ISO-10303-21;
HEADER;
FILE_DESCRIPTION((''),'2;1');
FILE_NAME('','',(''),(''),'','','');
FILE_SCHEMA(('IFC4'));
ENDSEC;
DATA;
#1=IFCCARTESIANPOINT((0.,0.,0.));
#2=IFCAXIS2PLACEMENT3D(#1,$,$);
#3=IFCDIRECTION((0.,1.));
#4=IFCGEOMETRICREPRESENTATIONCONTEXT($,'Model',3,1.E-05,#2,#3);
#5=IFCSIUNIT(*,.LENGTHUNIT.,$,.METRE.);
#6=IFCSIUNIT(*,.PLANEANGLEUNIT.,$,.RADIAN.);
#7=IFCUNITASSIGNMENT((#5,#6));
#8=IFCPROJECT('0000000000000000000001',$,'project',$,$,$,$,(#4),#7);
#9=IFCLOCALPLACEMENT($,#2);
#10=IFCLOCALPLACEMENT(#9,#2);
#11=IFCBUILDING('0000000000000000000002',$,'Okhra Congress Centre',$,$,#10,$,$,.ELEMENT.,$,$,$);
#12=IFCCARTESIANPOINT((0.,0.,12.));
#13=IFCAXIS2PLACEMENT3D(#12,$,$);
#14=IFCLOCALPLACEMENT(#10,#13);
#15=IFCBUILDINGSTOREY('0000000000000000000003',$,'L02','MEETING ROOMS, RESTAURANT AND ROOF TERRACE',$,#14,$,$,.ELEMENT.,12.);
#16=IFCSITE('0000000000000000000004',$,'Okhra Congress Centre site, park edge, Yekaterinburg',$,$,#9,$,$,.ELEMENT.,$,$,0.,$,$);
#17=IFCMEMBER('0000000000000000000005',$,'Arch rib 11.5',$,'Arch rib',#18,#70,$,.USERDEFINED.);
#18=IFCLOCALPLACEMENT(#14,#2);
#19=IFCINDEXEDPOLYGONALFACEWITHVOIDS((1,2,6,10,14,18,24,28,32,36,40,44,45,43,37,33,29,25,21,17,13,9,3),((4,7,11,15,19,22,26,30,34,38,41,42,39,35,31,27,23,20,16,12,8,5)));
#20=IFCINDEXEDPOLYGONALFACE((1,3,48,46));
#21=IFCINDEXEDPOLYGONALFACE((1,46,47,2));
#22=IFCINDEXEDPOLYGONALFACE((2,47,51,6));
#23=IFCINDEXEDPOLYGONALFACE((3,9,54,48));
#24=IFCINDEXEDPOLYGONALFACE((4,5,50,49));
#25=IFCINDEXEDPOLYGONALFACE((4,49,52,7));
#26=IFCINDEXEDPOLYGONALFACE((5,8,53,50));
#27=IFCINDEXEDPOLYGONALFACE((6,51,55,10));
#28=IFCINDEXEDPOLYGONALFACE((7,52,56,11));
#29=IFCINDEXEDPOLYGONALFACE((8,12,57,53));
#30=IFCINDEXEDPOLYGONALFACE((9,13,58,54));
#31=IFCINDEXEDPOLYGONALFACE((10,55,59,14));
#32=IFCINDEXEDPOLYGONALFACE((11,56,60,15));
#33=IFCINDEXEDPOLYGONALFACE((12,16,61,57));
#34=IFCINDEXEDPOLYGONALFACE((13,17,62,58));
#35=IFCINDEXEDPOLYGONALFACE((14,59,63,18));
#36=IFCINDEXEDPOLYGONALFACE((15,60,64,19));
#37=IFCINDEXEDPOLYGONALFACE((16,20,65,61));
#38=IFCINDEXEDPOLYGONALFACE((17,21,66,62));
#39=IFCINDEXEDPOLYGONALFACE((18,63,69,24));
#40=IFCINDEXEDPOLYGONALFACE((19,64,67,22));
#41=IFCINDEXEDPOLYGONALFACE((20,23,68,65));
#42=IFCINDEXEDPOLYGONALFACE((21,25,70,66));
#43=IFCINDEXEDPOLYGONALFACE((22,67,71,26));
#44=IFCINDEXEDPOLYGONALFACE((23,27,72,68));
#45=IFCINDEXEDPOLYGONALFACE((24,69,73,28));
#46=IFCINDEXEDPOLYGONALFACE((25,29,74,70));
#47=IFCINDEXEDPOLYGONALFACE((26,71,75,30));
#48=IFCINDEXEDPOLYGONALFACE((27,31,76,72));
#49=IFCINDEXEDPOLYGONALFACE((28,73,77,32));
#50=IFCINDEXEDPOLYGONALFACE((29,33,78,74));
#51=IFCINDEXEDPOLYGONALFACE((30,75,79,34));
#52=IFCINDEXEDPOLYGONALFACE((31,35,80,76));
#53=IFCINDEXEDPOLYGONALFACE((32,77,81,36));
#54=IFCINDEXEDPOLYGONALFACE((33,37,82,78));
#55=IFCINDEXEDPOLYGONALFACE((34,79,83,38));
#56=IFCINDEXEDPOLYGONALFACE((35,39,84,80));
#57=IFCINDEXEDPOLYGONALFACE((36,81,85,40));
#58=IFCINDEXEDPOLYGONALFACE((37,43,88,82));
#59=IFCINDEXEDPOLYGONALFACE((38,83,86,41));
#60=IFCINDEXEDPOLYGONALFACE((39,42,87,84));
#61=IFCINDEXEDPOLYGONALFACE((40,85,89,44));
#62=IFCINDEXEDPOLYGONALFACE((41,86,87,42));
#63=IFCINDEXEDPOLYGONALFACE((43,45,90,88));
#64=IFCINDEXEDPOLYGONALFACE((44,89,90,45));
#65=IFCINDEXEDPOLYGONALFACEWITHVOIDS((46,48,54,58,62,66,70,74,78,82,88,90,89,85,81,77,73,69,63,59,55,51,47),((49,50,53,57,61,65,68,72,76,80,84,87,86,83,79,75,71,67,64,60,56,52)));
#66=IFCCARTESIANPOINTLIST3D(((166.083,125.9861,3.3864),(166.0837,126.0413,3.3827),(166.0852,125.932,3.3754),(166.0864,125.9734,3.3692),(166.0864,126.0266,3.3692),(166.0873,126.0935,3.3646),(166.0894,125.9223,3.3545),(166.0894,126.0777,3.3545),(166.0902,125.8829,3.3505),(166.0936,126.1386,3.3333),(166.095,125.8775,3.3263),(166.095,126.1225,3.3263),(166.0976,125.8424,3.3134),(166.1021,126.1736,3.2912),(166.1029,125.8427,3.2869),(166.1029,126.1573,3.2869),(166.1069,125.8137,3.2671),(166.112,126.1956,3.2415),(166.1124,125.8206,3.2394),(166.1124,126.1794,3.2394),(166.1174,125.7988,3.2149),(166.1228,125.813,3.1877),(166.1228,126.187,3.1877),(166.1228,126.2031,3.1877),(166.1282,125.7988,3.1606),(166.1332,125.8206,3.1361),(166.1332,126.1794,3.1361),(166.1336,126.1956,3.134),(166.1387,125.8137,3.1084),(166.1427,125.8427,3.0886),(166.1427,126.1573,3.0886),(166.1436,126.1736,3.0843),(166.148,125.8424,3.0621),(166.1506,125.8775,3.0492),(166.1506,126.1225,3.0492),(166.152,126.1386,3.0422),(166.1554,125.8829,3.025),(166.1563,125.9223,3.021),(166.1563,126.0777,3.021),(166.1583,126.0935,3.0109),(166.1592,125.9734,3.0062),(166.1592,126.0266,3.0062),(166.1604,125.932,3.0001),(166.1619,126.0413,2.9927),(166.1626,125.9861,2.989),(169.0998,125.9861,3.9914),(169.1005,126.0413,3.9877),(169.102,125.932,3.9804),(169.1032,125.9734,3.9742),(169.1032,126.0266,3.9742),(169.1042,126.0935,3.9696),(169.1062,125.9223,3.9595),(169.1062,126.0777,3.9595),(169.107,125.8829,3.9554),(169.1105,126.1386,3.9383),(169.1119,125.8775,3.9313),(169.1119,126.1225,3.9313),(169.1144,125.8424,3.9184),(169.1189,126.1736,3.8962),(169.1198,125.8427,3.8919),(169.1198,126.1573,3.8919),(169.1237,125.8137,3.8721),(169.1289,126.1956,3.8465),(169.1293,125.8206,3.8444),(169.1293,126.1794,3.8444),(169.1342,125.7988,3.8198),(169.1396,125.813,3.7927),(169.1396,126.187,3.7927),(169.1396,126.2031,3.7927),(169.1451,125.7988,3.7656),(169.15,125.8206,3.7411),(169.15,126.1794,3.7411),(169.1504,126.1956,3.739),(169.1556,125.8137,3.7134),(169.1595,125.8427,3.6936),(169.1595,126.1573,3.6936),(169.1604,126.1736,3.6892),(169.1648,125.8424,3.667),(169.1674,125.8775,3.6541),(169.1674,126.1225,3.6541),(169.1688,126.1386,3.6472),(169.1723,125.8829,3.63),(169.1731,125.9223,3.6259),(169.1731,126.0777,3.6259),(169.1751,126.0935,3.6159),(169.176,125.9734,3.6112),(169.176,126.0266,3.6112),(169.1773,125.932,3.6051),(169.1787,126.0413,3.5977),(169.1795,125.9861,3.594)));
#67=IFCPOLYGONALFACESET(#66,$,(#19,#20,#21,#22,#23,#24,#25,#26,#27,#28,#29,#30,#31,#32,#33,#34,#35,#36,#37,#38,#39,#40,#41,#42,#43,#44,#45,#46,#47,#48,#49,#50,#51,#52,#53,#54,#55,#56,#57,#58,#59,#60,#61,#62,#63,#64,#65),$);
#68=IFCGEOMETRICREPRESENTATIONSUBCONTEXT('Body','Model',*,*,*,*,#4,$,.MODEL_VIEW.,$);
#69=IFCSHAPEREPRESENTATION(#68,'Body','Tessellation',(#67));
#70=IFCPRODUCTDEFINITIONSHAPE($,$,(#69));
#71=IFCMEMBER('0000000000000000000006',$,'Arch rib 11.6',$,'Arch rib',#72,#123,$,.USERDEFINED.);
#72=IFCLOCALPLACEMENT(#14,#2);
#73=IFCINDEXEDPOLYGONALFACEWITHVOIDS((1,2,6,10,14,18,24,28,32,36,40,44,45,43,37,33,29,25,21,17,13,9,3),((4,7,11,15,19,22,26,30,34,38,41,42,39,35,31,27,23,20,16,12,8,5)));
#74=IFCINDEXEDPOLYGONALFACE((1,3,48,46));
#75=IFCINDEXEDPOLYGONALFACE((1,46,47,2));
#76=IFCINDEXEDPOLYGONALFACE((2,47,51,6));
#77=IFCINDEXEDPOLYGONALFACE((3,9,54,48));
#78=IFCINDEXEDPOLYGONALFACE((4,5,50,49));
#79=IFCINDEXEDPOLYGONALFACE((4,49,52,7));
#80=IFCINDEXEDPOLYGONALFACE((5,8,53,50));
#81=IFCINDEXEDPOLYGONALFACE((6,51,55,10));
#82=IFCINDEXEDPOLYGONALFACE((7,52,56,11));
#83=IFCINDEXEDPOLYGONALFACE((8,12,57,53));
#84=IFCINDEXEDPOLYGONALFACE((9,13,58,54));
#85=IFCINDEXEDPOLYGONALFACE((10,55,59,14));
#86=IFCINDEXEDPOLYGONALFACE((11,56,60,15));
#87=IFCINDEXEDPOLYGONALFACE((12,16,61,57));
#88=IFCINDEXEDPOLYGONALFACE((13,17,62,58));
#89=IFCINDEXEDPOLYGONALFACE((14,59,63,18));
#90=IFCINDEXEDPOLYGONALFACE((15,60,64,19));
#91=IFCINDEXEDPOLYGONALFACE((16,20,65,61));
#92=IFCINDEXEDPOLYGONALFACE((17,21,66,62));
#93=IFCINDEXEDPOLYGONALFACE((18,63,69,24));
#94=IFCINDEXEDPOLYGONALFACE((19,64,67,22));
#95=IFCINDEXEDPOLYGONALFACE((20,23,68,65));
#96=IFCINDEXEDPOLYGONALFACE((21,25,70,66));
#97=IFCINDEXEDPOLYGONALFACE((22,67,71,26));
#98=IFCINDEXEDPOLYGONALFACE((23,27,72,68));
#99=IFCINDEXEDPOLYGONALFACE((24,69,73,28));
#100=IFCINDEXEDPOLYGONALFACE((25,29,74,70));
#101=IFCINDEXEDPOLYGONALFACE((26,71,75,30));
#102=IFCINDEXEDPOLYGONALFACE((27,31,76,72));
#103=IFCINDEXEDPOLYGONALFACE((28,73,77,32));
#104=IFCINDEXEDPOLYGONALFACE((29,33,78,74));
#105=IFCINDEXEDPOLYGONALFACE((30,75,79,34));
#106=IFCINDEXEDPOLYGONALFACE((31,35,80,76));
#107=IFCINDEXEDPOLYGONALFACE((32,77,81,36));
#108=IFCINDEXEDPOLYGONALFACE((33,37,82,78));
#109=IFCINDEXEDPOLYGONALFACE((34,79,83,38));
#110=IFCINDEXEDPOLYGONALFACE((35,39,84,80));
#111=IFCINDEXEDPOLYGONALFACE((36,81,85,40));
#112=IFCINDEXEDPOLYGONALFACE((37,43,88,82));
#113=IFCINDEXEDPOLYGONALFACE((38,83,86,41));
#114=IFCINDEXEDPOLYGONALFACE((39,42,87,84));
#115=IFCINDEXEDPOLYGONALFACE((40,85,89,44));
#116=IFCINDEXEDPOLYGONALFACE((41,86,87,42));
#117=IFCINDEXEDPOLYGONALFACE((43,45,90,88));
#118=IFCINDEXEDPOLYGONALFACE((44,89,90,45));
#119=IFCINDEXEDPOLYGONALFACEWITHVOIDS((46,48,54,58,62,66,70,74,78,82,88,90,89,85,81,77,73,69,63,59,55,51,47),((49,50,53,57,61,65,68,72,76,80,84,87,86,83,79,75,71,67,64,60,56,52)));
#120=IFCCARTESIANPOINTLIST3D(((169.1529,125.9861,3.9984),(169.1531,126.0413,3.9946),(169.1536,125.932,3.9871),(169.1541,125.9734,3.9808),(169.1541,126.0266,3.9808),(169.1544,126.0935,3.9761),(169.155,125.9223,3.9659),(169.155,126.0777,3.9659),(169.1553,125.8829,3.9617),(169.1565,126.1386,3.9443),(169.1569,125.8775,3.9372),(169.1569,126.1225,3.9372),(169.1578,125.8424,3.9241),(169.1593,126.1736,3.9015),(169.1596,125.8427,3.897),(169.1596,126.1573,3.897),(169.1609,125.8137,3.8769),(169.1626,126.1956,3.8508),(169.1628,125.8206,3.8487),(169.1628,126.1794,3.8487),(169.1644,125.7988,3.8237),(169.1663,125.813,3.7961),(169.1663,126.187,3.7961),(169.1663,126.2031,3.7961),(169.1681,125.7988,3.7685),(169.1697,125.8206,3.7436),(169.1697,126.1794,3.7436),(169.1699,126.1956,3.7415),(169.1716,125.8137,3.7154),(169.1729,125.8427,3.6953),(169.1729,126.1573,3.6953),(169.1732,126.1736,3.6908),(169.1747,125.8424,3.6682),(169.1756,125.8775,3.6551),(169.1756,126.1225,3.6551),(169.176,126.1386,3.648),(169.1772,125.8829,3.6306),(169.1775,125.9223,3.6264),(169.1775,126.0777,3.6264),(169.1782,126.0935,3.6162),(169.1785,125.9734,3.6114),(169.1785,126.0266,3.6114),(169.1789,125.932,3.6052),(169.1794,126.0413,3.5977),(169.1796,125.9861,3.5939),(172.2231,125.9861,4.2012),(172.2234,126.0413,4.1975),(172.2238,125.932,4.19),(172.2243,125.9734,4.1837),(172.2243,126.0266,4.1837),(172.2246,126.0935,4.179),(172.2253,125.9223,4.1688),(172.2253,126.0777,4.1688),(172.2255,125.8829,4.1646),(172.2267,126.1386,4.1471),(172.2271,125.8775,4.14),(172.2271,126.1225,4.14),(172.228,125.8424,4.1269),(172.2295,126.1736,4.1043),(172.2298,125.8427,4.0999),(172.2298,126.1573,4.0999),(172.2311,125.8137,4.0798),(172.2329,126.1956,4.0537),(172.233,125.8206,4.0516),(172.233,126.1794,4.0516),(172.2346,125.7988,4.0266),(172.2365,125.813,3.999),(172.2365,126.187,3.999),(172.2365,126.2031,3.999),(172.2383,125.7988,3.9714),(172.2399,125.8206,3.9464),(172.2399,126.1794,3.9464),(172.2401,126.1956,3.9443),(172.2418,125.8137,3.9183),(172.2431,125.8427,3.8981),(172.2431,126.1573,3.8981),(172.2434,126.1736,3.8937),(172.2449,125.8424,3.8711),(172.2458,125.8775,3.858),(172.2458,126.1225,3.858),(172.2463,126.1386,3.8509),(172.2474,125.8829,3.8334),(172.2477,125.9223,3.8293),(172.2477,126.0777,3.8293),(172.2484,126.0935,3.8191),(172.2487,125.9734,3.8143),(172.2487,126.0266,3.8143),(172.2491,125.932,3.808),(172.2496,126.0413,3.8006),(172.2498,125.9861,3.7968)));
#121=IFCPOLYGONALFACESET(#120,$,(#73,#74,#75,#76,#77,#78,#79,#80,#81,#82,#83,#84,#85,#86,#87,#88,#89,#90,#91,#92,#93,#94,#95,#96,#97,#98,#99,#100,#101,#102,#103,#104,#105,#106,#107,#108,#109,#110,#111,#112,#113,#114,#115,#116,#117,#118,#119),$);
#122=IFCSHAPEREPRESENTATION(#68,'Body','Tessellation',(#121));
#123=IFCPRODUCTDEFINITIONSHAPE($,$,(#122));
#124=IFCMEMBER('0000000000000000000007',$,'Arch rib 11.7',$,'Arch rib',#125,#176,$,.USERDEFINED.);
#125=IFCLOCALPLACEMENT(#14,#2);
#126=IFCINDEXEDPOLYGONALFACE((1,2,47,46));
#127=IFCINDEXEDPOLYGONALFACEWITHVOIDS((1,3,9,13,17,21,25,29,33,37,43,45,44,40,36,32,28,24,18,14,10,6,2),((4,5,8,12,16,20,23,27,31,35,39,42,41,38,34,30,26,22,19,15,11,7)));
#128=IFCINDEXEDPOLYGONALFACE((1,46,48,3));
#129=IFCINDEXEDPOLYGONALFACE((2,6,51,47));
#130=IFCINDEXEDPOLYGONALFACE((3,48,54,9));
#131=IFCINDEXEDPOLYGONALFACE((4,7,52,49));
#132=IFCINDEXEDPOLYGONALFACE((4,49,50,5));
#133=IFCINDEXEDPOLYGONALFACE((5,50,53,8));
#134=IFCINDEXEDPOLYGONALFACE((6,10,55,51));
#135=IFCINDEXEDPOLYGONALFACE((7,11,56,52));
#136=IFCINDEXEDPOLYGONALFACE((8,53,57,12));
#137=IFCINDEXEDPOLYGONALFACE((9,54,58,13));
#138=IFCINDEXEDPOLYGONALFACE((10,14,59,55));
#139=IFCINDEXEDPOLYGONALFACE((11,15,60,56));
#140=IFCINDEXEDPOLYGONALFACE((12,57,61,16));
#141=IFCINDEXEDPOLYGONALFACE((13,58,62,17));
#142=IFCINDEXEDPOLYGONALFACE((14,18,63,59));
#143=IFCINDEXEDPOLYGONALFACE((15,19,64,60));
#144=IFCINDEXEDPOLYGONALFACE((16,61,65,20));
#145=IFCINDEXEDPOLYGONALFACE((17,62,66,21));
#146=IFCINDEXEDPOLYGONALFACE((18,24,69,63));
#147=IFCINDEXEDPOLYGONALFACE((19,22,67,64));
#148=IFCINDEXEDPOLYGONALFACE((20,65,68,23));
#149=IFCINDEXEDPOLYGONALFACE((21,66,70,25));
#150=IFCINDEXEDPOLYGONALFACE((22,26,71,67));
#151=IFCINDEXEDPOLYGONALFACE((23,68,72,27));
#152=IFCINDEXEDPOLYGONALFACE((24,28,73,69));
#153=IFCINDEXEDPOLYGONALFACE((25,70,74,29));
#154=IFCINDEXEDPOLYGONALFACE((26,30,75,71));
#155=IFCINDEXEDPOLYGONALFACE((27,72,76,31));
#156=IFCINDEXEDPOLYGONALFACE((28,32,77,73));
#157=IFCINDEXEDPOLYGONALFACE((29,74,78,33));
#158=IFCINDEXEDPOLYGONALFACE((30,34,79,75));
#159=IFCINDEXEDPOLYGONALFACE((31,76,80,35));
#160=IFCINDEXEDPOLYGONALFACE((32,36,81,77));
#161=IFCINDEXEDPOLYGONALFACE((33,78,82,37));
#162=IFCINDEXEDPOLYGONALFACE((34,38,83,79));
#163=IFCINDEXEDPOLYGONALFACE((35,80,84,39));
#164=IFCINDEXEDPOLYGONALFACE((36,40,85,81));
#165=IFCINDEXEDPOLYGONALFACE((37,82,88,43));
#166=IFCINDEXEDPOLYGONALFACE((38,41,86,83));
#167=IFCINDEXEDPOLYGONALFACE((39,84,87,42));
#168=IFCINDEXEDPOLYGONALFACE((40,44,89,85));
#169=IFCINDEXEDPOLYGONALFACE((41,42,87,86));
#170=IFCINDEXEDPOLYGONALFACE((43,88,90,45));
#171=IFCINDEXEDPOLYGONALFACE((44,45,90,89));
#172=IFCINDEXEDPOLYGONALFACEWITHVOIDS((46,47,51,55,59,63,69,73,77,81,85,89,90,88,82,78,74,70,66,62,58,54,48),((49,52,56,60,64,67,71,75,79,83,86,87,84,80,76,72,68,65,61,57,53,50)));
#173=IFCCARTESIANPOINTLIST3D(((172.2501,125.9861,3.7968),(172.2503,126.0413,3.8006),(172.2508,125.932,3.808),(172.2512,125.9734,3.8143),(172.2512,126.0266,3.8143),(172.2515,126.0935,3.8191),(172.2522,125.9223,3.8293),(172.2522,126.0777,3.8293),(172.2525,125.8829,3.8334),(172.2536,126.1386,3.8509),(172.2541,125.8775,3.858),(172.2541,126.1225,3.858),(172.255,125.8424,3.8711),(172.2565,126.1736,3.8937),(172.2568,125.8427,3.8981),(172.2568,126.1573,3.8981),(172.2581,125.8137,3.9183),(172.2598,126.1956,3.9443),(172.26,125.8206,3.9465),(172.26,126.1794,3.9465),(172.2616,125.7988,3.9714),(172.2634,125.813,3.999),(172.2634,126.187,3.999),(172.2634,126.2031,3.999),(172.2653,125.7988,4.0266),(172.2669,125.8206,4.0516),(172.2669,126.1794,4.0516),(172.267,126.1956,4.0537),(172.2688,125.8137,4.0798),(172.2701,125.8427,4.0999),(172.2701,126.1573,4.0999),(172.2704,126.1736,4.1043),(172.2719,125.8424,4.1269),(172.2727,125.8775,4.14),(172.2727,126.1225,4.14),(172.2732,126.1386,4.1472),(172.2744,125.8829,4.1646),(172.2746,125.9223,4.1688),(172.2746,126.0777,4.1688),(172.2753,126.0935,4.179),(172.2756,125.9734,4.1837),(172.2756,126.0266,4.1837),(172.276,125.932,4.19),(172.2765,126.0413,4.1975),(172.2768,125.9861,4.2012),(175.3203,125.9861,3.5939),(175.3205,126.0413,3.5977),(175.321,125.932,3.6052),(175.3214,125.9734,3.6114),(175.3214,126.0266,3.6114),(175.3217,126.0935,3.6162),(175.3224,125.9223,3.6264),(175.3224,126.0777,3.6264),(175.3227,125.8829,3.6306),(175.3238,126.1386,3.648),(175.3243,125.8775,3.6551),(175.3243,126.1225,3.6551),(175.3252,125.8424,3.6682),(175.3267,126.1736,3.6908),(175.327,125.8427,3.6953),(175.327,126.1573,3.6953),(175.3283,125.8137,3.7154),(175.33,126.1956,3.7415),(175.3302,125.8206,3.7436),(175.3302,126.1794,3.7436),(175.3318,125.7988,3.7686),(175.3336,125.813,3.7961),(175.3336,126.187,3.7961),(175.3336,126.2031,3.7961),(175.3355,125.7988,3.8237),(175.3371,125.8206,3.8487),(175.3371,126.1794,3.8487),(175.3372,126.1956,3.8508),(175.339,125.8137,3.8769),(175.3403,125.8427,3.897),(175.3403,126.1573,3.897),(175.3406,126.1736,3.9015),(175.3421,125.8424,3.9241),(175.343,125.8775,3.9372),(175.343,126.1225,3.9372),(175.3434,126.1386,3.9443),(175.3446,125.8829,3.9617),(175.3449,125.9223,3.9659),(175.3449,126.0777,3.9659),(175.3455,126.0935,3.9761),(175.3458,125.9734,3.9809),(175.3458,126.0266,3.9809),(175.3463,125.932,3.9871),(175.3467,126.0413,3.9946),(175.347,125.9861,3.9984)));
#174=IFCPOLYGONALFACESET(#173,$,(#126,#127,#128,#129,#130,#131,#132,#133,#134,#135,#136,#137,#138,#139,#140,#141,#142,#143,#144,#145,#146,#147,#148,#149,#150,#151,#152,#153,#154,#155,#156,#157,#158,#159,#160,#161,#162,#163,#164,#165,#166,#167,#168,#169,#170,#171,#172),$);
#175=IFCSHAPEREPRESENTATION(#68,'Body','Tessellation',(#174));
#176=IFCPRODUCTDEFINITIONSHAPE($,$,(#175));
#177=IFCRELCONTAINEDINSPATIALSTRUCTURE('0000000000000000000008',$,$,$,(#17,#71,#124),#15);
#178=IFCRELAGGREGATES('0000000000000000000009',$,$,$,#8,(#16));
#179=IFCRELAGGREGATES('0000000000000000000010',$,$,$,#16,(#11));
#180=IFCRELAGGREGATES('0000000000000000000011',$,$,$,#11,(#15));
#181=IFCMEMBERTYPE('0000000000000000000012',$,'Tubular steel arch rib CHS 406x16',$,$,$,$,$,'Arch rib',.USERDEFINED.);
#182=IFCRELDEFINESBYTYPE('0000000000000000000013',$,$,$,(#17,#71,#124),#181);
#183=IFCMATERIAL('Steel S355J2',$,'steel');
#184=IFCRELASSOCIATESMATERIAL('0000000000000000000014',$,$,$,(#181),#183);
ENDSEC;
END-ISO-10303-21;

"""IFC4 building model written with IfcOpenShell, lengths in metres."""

from ifc_helpers import new_model, si_unit, direction, frame, origin, origin_2d, place, context, subcontext, project, spatial, hollow_circle, extrude, material, material_profile, profile_set, type_object, element, save


model = new_model("IFC4")

# Units and contexts
model_context = context("Model", 3, precision=1e-05, world=origin(), true_north=direction((0.0, 1.0)))
body_context = subcontext(model_context, "Body", "Model", "MODEL_VIEW")
ifc_project = project(units=[si_unit("LENGTHUNIT", "METRE"), si_unit("PLANEANGLEUNIT", "RADIAN")], contexts=[model_context])

# Site, building, storey
site_placement = place(None, origin())
site = spatial("IfcSite", under=ifc_project, at=site_placement, Name="Okhra Congress Centre site, park edge, Yekaterinburg", CompositionType="ELEMENT", RefElevation=0.0)
building_placement = place(site_placement, origin())
building = spatial("IfcBuilding", under=site, at=building_placement, Name="Okhra Congress Centre", CompositionType="ELEMENT")
storey_placement = place(building_placement, frame((0.0, 0.0, 12.0)))
storey = spatial("IfcBuildingStorey", under=building, at=storey_placement, Name="L02", Description="MEETING ROOMS, RESTAURANT AND ROOF TERRACE", CompositionType="ELEMENT", Elevation=12.0)

# Members
ifc_material_1 = material(Name="Steel S355J2", Category="steel")
ifc_material_profile_1 = material_profile(ifc_material_1, hollow_circle(Radius=0.2031, WallThickness=0.0161, at=origin_2d()), Name="CHS 406.4x16")
ifc_profile_set_1 = profile_set([ifc_material_profile_1], Name="Steel S355J2")
member_type_1 = type_object("IfcMemberType", Name="Tubular steel arch rib CHS 406x16", ElementType="Arch rib", PredefinedType="USERDEFINED", material=ifc_profile_set_1)
for number, where, z_axis, x_axis, name in (
    (1, (166.1228, 126.0, 3.1877), (0.98048, 0.0, 0.19662), (0.0, 1.0, 0.0), "Arch rib 11.5"),
    (2, (169.1663, 126.0, 3.7961), (0.997824, 0.0, 0.065934), (0.0, 1.0, 0.0), "Arch rib 11.6"),
    (3, (172.2634, 126.0, 3.999), (0.997824, 0.0, -0.065934), (0.0, 1.0, 0.0), "Arch rib 11.7"),
):
    element("IfcMember", number, at=place(storey_placement, frame(where, z_axis=z_axis, x_axis=x_axis)), inside=storey, type_object=member_type_1, Name=name, ObjectType="Arch rib", PredefinedType="USERDEFINED", context=body_context, shape_type="SweptSolid", body=[
        extrude(hollow_circle(Radius=0.2031, WallThickness=0.0161, at=origin_2d()), origin(), (0.0, 0.0, 1.0), 3.0769),
    ])

save(model, "model.ifc")
